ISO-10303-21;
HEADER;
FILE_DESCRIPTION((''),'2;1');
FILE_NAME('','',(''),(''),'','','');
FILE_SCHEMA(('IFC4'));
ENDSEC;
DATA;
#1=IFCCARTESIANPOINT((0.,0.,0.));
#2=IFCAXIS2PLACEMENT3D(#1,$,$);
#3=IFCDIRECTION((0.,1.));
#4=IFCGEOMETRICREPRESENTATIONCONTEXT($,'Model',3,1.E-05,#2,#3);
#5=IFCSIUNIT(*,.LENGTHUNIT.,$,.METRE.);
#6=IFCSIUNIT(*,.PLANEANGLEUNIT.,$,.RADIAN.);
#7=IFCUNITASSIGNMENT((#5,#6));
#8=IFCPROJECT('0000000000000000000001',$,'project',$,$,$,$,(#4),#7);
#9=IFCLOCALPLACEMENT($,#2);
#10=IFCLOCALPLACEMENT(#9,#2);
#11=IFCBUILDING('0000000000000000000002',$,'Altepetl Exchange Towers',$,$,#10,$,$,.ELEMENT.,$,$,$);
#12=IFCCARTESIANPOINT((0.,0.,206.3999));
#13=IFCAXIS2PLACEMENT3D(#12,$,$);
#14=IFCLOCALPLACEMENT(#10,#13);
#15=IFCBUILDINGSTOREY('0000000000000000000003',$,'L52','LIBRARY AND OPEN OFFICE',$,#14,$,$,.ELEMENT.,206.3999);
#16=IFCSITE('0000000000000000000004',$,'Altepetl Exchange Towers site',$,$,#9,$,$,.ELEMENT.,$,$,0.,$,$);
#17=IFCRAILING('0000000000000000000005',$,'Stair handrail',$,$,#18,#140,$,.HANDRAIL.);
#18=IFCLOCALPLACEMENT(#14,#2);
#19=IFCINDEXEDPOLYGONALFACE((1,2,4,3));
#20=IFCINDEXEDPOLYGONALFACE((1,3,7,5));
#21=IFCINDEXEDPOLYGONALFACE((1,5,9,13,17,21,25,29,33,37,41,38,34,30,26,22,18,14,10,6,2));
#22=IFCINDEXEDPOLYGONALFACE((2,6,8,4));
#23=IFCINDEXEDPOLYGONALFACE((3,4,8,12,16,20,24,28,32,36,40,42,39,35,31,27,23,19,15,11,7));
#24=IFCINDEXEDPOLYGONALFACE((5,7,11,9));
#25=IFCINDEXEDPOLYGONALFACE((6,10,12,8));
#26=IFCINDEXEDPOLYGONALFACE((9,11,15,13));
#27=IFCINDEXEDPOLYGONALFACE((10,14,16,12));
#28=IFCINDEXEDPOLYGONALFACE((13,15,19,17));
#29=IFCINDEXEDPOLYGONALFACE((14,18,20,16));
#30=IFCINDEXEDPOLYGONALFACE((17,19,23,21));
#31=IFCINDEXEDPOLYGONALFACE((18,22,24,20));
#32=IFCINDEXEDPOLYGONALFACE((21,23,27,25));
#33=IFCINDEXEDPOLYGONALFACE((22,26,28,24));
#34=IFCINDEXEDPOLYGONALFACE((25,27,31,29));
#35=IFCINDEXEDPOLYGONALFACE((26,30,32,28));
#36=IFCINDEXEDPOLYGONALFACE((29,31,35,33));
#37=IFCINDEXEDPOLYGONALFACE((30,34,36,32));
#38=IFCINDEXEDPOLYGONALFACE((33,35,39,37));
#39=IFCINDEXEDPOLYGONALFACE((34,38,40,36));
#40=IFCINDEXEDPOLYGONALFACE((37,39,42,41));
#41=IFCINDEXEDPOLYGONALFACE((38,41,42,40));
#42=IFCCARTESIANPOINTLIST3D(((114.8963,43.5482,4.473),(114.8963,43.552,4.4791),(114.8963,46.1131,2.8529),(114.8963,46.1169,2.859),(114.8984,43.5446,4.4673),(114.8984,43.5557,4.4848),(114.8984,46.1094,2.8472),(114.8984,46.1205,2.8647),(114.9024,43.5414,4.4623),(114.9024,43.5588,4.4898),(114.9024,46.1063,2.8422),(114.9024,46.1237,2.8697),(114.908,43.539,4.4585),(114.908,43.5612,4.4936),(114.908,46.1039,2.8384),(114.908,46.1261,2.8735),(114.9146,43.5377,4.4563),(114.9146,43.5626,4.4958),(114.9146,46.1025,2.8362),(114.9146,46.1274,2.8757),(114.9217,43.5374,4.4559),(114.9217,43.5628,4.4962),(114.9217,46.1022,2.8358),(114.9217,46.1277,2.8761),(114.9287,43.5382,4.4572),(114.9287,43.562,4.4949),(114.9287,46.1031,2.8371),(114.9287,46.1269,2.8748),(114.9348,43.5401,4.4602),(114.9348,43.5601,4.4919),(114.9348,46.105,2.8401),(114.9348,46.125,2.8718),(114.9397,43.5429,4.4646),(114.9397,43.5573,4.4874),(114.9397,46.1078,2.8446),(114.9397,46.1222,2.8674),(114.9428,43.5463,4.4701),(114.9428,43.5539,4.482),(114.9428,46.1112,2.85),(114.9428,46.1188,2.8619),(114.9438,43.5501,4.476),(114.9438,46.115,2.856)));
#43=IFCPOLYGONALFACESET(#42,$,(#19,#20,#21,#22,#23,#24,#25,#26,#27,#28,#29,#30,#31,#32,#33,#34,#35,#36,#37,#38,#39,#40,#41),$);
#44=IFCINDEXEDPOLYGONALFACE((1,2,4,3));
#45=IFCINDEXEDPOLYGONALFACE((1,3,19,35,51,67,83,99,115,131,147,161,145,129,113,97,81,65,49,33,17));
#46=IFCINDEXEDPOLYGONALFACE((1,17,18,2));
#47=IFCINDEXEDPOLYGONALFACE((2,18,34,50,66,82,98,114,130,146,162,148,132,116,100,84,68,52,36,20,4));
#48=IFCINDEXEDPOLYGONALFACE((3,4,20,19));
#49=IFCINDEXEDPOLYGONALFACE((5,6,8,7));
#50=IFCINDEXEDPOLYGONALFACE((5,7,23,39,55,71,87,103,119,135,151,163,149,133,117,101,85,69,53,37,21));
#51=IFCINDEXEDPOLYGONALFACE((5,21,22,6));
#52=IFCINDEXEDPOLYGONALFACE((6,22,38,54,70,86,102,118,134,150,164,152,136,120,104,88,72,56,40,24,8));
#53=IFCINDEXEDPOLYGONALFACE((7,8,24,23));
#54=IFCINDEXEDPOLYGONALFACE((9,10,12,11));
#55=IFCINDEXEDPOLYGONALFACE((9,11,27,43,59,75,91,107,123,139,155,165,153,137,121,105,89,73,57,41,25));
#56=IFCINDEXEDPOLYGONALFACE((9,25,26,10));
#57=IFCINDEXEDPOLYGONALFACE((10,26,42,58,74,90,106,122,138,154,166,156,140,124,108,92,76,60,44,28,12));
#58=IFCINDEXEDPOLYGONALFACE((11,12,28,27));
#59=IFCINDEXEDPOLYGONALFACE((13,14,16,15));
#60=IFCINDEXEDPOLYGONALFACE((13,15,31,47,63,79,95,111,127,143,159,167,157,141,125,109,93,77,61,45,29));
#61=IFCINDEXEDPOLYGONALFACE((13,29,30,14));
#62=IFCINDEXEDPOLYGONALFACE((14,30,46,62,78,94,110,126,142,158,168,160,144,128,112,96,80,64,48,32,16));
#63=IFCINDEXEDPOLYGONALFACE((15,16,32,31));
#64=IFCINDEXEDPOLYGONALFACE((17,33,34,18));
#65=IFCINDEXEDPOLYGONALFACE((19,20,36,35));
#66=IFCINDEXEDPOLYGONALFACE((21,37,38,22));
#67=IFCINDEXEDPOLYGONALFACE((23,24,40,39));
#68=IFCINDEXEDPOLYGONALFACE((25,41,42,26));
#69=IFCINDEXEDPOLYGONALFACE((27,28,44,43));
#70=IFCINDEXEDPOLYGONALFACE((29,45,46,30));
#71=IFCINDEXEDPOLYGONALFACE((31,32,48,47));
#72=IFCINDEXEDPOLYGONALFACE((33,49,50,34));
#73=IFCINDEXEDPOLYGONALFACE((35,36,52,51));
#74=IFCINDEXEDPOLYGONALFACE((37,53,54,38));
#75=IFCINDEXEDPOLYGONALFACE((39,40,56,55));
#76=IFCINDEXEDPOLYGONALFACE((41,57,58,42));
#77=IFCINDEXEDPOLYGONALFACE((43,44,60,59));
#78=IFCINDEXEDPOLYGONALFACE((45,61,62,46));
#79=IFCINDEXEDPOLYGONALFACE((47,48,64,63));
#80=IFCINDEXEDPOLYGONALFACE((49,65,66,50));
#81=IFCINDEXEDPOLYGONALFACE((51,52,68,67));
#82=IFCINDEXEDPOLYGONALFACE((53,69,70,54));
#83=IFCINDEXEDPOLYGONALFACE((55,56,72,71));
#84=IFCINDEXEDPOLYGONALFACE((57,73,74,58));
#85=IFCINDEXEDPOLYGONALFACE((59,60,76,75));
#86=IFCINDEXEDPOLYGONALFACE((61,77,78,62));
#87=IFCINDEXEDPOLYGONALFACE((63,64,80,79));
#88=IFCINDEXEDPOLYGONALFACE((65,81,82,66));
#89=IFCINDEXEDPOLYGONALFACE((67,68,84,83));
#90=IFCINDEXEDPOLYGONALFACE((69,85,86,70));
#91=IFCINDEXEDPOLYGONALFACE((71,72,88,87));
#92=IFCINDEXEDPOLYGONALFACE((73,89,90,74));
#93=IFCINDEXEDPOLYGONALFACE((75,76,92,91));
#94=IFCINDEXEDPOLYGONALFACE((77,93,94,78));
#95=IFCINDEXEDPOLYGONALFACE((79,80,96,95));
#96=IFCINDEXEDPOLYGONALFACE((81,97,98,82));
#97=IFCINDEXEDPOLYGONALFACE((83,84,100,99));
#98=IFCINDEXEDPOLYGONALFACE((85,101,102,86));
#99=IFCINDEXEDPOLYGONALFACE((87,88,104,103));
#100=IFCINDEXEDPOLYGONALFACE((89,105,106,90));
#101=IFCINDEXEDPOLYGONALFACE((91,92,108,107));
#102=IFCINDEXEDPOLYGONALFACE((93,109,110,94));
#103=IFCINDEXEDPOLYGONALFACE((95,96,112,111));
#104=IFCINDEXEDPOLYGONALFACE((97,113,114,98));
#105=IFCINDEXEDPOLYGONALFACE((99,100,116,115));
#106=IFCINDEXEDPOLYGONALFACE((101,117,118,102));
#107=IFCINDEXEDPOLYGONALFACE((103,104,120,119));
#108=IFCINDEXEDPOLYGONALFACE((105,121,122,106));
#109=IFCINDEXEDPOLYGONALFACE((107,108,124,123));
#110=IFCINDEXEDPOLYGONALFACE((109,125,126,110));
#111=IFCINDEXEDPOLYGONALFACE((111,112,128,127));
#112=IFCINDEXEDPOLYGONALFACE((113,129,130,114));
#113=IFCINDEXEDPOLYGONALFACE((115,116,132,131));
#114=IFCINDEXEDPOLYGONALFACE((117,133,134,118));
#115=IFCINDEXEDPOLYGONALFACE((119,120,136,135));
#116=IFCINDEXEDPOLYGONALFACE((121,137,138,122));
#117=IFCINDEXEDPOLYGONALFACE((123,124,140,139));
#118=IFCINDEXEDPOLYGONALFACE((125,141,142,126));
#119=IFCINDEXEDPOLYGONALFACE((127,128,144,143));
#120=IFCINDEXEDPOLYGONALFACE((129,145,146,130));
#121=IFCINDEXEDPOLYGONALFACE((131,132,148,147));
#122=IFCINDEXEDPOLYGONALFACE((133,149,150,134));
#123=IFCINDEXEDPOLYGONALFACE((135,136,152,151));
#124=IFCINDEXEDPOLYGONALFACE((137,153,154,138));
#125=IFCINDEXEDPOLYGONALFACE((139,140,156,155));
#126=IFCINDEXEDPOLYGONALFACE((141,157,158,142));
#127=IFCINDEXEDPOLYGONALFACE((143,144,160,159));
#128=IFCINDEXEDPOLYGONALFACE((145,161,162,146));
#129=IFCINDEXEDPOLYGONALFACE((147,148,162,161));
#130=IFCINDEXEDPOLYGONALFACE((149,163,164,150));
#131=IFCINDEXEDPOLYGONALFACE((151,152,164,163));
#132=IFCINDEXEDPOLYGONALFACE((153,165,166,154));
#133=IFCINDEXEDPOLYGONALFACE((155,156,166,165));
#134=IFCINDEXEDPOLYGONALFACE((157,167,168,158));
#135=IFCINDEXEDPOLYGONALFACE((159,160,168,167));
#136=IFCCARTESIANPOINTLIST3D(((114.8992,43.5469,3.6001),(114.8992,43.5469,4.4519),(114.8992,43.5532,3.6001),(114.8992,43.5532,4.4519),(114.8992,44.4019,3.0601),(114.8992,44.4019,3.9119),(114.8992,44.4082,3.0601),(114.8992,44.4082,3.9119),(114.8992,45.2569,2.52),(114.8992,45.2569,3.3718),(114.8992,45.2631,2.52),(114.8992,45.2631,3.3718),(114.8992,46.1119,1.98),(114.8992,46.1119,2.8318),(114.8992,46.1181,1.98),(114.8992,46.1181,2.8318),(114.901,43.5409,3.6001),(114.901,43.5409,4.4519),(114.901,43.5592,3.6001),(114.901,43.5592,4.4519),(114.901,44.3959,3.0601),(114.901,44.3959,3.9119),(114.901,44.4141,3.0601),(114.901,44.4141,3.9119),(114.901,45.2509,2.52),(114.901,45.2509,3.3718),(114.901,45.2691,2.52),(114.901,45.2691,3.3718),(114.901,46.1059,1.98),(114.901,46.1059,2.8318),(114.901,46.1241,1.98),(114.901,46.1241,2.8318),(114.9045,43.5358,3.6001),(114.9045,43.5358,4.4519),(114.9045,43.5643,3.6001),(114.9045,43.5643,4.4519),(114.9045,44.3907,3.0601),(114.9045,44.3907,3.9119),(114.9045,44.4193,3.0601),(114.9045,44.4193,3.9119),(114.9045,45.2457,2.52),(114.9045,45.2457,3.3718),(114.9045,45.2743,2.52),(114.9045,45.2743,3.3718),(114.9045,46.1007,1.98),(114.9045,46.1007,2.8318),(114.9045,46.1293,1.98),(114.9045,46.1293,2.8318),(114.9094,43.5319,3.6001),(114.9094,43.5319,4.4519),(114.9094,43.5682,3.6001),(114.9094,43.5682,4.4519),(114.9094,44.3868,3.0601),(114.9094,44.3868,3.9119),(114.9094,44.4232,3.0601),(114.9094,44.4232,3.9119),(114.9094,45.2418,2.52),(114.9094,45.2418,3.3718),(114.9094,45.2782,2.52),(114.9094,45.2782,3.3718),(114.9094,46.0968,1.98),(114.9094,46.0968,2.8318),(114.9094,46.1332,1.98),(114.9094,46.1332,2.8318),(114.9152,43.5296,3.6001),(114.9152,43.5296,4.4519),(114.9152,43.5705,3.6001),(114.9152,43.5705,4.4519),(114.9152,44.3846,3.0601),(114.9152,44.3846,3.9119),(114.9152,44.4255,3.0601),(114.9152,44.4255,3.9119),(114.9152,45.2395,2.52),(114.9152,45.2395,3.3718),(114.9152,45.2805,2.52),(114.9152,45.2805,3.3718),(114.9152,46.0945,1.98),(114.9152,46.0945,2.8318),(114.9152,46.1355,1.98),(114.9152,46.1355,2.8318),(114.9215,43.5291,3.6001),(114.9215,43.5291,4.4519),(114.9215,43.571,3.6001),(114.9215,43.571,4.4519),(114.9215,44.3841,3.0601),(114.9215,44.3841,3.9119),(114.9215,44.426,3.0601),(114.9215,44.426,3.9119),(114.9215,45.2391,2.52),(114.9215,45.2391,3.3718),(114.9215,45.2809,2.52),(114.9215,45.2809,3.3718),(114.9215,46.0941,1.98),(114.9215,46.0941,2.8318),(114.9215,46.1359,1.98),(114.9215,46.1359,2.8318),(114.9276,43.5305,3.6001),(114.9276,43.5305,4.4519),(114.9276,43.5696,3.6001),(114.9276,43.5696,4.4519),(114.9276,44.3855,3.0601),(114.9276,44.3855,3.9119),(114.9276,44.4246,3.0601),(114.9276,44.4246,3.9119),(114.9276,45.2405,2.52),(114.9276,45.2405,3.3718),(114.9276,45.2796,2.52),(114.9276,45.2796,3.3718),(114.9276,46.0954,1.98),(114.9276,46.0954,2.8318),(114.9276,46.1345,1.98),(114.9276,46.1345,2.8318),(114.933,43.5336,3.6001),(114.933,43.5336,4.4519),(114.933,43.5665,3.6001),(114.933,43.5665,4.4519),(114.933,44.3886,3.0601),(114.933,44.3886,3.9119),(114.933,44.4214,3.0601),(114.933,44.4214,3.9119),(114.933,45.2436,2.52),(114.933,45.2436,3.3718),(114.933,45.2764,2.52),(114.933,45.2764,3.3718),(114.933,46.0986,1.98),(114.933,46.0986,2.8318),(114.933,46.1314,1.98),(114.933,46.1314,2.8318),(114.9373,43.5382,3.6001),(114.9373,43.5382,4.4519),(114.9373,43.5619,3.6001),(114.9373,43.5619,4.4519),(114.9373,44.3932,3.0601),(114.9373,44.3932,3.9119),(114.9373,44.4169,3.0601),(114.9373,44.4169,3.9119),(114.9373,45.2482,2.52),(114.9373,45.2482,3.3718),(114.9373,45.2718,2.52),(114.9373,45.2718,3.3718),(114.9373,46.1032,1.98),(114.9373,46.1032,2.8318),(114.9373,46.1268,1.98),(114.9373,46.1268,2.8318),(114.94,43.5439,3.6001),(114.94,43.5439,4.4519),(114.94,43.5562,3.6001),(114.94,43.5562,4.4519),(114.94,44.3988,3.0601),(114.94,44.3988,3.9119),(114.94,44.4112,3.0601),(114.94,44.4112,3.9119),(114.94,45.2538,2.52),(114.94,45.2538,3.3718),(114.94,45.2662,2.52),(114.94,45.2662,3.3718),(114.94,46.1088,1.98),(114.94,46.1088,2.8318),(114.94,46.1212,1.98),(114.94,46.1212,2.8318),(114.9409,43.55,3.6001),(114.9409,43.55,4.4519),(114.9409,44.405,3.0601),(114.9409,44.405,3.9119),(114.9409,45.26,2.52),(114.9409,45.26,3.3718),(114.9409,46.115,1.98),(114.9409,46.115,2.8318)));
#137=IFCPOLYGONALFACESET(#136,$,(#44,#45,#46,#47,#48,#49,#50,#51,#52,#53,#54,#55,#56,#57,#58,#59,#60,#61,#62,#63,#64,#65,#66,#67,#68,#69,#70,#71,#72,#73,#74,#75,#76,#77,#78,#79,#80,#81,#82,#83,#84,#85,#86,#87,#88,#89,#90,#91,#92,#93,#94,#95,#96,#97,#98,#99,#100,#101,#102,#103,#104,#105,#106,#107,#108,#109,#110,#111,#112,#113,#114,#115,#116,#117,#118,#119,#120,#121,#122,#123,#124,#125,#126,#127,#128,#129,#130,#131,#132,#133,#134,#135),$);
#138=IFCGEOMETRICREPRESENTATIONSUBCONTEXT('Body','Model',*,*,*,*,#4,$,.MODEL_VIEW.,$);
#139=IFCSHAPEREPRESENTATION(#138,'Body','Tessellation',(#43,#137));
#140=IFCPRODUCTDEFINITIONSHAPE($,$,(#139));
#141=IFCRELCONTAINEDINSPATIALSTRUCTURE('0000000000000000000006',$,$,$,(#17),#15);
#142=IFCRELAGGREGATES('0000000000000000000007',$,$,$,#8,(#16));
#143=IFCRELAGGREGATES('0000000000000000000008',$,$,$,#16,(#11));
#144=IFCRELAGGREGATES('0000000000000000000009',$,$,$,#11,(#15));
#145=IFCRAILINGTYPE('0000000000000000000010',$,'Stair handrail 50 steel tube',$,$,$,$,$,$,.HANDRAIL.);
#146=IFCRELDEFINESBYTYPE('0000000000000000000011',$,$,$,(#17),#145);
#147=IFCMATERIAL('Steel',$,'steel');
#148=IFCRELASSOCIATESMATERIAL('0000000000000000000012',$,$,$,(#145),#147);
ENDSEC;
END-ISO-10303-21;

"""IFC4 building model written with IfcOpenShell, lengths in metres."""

from ifc_helpers import new_model, si_unit, direction, frame, origin, origin_2d, place, context, subcontext, project, spatial, circle, extrude, source, transform, mapped, material, type_object, element, save


model = new_model("IFC4")

# Units and contexts
model_context = context("Model", 3, precision=1e-05, world=origin(), true_north=direction((0.0, 1.0)))
body_context = subcontext(model_context, "Body", "Model", "MODEL_VIEW")
ifc_project = project(units=[si_unit("LENGTHUNIT", "METRE"), si_unit("PLANEANGLEUNIT", "RADIAN")], contexts=[model_context])

# Site, building, storey
site_placement = place(None, origin())
site = spatial("IfcSite", under=ifc_project, at=site_placement, Name="Altepetl Exchange Towers site", CompositionType="ELEMENT", RefElevation=0.0)
building_placement = place(site_placement, origin())
building = spatial("IfcBuilding", under=site, at=building_placement, Name="Altepetl Exchange Towers", CompositionType="ELEMENT")
storey_placement = place(building_placement, frame((0.0, 0.0, 206.3999)))
storey = spatial("IfcBuildingStorey", under=building, at=storey_placement, Name="L52", Description="LIBRARY AND OPEN OFFICE", CompositionType="ELEMENT", Elevation=206.3999)

# Railing
ifc_material_1 = material(Name="Steel", Category="steel")
railing_type = type_object("IfcRailingType", Name="Stair handrail 50 steel tube", PredefinedType="HANDRAIL", material=ifc_material_1)
shared_shape = source(origin(), body_context, "Body", "SweptSolid", [
    extrude(circle(Radius=0.021, at=origin_2d()), origin(), (0.0, 0.0, 1.0), 0.8518),
])
railing_1_placement = place(storey_placement, frame((114.9199, 46.115, 1.98)))
element("IfcRailing", 1, at=railing_1_placement, inside=storey, type_object=railing_type, Name="Stair handrail", PredefinedType="HANDRAIL", context=body_context, shape_type="SweptSolid", body=[
    extrude(circle(Radius=0.0239, at=origin_2d()), frame((0.0, 0.0, 0.876), z_axis=(0.0, -0.845466, 0.534029), x_axis=(1.0, 0.0, 0.0)), (0.0, 0.0, 1.0), 3.0337),
    mapped(shared_shape, transform((0.0, 0.0, 0.0))),
    mapped(shared_shape, transform((0.0, -0.855, 0.54))),
    mapped(shared_shape, transform((0.0, -1.71, 1.0801))),
    mapped(shared_shape, transform((0.0, -2.5649, 1.6201))),
])

save(model, "model.ifc")
